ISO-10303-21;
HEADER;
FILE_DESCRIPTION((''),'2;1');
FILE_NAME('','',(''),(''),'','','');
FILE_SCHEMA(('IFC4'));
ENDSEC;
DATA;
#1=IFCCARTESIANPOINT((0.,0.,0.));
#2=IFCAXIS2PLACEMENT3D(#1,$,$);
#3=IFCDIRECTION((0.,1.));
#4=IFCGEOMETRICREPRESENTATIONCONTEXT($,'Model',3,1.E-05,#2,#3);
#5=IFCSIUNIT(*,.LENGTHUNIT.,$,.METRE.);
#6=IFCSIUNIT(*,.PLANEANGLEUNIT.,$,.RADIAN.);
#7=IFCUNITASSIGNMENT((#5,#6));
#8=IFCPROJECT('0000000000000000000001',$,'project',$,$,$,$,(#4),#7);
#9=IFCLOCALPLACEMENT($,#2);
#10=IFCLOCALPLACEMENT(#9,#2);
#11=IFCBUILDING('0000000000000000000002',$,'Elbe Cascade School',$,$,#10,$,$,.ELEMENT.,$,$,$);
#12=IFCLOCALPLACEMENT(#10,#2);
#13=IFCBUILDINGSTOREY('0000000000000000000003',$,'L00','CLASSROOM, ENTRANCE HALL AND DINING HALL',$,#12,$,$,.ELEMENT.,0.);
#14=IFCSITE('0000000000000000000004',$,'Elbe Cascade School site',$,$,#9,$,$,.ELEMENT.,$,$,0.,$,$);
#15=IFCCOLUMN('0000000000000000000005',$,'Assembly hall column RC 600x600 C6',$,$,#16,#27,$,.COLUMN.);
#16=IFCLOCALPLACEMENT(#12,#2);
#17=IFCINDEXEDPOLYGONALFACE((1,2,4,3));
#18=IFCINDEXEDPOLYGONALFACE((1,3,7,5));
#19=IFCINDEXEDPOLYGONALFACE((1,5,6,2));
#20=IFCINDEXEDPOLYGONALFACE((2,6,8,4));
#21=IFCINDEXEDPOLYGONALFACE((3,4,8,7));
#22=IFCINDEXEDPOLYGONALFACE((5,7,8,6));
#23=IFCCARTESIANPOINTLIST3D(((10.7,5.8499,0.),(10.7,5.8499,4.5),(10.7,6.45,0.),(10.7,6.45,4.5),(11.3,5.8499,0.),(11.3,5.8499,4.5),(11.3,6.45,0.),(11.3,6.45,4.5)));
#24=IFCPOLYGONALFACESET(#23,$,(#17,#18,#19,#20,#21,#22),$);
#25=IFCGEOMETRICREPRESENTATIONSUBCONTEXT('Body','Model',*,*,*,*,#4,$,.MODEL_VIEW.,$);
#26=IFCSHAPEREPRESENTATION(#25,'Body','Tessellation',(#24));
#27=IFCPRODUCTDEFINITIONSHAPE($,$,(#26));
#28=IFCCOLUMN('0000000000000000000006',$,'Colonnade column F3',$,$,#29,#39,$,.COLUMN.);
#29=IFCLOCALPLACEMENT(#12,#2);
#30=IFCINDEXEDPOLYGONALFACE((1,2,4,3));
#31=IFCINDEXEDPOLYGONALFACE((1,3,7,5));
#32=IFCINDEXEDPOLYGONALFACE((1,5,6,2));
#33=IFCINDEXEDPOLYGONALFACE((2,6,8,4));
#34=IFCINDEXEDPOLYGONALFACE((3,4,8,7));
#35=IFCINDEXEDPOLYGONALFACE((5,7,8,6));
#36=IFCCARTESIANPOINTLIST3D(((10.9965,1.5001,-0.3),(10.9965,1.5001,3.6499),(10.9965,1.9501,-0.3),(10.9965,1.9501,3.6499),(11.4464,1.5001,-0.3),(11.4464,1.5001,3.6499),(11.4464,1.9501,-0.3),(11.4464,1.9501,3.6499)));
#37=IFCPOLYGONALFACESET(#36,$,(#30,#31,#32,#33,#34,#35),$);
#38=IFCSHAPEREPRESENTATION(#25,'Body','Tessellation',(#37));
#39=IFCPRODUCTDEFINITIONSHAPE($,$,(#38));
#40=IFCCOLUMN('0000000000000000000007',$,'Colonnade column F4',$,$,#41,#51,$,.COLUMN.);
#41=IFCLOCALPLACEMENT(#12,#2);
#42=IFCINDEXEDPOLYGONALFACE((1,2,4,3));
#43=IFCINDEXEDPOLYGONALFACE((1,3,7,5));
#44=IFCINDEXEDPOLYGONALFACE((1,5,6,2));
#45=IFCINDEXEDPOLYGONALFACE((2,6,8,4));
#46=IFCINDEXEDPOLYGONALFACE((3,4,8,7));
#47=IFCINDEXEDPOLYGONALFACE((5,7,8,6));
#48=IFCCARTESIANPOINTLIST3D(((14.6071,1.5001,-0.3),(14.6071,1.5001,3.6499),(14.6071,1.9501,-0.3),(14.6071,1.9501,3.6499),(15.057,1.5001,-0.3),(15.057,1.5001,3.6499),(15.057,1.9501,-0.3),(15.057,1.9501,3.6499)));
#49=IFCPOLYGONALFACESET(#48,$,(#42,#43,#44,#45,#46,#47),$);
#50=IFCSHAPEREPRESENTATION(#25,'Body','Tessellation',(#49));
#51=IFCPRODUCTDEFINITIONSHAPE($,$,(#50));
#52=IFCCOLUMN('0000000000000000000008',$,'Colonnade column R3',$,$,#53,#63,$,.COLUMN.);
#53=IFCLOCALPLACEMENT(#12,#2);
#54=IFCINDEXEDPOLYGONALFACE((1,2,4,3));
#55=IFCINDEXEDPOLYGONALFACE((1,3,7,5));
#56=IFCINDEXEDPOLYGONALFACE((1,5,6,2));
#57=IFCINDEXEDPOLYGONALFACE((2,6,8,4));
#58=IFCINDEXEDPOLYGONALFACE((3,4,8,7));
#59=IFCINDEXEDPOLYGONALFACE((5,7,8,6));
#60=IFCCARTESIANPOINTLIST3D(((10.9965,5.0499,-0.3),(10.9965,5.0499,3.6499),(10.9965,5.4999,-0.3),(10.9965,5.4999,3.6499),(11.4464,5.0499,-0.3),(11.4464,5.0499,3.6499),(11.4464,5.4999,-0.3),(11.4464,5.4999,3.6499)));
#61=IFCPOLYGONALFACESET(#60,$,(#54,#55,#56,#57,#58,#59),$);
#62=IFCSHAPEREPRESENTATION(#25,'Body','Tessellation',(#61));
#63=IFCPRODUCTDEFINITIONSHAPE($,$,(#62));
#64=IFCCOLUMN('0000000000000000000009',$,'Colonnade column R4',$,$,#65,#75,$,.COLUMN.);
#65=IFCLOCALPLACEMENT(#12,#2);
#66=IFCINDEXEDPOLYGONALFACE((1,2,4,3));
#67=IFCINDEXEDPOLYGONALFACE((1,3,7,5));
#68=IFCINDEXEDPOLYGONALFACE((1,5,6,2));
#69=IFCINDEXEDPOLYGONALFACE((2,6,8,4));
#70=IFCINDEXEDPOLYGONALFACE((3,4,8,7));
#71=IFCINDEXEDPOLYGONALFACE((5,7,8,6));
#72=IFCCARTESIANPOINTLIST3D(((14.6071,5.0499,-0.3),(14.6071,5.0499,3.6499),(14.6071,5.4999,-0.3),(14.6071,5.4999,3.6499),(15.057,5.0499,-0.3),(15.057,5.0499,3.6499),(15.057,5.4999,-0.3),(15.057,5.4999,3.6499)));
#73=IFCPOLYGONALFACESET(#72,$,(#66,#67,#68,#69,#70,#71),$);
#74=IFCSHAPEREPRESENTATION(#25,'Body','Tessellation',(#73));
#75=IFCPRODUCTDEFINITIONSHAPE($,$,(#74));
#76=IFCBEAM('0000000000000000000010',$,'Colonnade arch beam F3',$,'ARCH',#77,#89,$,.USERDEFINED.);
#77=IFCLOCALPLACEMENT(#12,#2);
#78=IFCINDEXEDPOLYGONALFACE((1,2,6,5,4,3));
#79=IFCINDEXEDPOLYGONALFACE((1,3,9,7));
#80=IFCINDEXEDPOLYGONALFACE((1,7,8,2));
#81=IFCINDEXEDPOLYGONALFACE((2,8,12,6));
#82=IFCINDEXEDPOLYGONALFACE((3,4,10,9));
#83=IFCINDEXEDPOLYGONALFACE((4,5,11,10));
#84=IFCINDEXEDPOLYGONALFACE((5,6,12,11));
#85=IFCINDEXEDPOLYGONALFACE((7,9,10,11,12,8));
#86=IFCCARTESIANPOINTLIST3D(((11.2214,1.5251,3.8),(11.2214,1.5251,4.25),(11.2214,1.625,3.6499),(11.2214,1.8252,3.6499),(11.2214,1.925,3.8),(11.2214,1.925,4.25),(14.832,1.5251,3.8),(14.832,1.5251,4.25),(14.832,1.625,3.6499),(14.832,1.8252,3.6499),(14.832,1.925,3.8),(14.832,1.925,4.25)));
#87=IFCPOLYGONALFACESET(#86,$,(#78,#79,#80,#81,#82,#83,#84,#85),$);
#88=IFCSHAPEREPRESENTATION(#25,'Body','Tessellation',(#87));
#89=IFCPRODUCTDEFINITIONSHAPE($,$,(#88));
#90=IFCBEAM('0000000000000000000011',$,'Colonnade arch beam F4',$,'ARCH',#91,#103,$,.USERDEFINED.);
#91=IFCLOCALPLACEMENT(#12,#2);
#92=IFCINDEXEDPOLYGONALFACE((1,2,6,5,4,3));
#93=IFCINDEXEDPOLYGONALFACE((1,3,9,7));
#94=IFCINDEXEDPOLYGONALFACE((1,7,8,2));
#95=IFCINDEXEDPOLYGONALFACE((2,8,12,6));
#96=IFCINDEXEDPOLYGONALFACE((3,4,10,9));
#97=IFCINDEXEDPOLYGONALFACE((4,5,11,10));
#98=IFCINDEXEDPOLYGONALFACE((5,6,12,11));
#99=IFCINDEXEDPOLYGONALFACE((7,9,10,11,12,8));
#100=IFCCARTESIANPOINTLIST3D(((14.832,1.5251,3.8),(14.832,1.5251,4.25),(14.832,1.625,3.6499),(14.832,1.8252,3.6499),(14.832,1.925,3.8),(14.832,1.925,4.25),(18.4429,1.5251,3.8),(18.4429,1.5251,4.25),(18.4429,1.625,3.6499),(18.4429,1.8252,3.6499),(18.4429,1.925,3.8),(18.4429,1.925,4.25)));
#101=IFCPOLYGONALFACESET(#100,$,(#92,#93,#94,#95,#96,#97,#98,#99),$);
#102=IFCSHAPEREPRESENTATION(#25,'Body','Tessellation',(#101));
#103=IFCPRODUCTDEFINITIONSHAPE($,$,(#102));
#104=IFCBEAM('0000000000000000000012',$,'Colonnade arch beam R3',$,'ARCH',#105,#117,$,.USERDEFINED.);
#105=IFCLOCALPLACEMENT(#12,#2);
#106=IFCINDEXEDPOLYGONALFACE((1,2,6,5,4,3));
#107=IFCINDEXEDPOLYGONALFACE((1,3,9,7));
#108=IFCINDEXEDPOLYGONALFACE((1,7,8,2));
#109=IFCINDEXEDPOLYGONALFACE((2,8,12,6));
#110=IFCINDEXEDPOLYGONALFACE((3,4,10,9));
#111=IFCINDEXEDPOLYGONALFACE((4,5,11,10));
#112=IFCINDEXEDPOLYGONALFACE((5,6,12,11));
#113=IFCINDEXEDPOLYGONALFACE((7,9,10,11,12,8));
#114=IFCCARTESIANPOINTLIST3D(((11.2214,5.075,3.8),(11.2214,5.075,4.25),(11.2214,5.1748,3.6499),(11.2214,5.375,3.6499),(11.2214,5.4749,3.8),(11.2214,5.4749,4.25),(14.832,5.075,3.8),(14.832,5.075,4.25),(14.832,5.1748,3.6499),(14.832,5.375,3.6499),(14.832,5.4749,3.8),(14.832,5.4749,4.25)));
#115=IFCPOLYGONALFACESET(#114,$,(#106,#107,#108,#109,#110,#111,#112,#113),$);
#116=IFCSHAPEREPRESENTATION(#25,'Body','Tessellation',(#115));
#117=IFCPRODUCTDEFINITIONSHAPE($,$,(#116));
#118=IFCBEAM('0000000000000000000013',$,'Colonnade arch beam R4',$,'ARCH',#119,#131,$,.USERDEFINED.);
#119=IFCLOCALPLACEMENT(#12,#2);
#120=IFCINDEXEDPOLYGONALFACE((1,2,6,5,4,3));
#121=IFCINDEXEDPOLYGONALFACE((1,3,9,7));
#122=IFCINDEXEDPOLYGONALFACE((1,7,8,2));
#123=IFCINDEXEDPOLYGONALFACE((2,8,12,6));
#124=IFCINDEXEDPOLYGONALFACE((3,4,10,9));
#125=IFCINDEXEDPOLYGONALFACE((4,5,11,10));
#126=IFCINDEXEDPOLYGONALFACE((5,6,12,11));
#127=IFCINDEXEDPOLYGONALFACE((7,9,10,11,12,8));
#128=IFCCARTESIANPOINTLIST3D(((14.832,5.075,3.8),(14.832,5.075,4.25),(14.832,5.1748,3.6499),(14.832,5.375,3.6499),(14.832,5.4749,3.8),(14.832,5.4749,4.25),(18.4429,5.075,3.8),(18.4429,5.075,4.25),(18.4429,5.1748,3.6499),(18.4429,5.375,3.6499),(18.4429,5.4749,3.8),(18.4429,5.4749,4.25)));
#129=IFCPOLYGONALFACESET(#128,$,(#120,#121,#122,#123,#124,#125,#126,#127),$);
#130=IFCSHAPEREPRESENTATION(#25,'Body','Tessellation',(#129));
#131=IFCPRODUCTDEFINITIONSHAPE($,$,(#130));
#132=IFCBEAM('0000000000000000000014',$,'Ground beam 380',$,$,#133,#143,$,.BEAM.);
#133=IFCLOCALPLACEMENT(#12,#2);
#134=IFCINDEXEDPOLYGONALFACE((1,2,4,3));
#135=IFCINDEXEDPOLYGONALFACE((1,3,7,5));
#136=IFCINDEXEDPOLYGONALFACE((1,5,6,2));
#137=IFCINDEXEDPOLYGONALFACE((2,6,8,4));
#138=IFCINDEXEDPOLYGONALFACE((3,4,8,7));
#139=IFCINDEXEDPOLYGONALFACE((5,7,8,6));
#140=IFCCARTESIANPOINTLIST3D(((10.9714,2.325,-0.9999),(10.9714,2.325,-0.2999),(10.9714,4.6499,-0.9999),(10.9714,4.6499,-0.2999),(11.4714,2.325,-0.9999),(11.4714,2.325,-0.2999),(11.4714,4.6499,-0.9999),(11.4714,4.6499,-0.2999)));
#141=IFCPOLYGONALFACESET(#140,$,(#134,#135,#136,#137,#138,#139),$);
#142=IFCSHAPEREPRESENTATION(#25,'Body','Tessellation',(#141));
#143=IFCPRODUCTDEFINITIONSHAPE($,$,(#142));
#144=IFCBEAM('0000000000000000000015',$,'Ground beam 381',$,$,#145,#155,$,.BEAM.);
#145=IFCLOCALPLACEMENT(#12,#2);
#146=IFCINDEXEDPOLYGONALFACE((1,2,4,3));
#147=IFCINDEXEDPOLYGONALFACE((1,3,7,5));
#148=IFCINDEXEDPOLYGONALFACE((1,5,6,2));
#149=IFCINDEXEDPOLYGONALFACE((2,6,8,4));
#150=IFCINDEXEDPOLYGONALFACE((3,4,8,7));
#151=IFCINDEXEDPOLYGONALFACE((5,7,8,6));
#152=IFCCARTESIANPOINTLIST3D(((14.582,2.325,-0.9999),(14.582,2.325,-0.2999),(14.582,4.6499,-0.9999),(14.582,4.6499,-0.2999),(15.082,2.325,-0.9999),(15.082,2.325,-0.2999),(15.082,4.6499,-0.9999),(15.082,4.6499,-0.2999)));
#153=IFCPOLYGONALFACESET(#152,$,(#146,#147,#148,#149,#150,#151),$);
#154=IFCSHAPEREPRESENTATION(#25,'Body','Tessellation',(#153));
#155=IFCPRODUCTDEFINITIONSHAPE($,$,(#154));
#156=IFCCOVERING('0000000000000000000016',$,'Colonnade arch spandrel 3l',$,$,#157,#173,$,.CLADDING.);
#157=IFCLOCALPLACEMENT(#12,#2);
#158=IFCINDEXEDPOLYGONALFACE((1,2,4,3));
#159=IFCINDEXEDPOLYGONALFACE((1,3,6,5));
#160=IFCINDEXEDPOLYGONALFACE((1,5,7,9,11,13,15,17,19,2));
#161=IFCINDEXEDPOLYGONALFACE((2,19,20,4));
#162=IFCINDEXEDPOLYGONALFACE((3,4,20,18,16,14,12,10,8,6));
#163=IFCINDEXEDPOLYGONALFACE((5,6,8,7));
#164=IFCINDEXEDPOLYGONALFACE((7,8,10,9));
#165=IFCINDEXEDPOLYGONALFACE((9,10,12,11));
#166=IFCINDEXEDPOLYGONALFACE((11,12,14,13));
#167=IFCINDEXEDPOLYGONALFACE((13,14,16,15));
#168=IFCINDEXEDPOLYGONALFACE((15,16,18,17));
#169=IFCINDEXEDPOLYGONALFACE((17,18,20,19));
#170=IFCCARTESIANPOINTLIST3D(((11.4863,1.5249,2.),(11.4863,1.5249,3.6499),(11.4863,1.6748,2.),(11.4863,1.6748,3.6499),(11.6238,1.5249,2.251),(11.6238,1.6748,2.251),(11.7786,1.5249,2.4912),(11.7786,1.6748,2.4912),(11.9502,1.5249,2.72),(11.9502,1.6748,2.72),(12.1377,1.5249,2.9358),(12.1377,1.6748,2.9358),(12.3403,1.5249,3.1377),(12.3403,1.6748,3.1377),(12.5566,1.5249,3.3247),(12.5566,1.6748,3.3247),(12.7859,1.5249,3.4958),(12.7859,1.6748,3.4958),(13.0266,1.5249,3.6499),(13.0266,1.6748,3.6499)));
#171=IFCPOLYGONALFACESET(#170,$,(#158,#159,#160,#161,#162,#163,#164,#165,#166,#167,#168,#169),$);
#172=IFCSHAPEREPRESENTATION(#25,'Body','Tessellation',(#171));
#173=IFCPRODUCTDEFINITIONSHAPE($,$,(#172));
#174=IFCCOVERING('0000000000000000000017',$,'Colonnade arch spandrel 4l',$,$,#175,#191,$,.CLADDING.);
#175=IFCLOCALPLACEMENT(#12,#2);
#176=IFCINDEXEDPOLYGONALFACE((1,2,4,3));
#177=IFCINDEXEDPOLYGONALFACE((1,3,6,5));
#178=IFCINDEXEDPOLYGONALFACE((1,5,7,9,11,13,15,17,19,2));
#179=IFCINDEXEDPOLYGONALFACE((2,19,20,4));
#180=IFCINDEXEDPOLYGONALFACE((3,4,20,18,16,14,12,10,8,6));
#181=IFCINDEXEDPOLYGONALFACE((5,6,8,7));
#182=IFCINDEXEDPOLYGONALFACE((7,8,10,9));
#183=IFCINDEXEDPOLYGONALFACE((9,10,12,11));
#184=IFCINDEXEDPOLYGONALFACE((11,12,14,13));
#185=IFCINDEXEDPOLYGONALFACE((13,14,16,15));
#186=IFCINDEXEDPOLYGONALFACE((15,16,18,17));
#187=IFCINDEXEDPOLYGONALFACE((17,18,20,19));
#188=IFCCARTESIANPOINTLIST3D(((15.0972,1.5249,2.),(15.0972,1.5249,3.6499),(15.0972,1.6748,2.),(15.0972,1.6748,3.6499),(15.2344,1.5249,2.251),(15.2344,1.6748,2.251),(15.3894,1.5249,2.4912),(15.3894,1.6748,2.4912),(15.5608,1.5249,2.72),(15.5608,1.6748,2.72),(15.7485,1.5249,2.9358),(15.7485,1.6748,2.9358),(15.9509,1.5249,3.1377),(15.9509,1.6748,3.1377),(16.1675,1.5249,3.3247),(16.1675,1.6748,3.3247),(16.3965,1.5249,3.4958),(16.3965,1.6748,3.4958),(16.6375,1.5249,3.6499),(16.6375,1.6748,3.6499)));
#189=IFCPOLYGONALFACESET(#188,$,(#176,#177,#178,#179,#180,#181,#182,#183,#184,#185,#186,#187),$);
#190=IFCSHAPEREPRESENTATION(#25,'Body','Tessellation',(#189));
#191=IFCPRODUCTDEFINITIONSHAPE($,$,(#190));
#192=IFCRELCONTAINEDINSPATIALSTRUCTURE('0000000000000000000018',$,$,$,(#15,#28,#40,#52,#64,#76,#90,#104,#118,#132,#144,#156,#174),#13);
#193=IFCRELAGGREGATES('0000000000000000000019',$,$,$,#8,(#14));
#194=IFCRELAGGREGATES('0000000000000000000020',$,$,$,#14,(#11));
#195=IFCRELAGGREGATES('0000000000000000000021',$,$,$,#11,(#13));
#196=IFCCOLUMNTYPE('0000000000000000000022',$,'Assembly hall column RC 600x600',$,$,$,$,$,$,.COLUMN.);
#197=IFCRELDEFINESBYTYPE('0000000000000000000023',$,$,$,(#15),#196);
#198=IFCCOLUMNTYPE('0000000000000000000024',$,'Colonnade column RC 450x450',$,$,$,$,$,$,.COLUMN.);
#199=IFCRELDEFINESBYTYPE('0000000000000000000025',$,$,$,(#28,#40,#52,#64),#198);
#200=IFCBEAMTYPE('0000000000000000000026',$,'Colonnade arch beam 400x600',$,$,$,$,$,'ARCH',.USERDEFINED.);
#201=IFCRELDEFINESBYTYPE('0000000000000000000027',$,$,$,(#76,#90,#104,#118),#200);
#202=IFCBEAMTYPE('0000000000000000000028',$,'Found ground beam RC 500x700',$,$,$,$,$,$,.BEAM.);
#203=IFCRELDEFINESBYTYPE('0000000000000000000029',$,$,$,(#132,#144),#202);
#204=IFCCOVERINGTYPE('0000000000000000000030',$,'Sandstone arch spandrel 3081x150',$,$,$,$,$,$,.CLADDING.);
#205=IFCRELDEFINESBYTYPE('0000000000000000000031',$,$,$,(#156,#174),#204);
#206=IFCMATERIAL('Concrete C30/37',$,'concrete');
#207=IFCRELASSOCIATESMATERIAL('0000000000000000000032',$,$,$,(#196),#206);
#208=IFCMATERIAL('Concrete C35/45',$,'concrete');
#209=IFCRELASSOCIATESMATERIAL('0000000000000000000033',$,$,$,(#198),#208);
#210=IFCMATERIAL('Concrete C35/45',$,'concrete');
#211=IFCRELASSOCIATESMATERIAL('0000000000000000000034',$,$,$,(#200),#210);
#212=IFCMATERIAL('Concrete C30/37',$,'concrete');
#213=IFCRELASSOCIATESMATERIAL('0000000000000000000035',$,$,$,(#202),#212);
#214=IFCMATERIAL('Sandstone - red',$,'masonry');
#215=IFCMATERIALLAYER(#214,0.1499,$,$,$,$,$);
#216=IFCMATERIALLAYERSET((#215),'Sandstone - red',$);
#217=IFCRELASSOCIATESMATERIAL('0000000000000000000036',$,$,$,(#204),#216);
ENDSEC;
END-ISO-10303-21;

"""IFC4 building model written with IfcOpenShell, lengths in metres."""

from ifc_helpers import new_model, si_unit, direction, frame, origin, origin_2d, place, context, subcontext, project, spatial, polyline, rectangle, outline, extrude, material, layer, layer_set, material_profile, profile_set, type_object, element, save


model = new_model("IFC4")

# Units and contexts
model_context = context("Model", 3, precision=1e-05, world=origin(), true_north=direction((0.0, 1.0)))
body_context = subcontext(model_context, "Body", "Model", "MODEL_VIEW")
ifc_project = project(units=[si_unit("LENGTHUNIT", "METRE"), si_unit("PLANEANGLEUNIT", "RADIAN")], contexts=[model_context])

# Site, building, storey
site_placement = place(None, origin())
site = spatial("IfcSite", under=ifc_project, at=site_placement, Name="Elbe Cascade School site", CompositionType="ELEMENT", RefElevation=0.0)
building_placement = place(site_placement, origin())
building = spatial("IfcBuilding", under=site, at=building_placement, Name="Elbe Cascade School", CompositionType="ELEMENT")
storey_placement = place(building_placement, origin())
storey = spatial("IfcBuildingStorey", under=building, at=storey_placement, Name="L00", Description="CLASSROOM, ENTRANCE HALL AND DINING HALL", CompositionType="ELEMENT", Elevation=0.0)

# Columns
ifc_material_1 = material(Name="Concrete C30/37", Category="concrete")
ifc_material_profile_1 = material_profile(ifc_material_1, rectangle(XDim=0.6001, YDim=0.6001, at=origin_2d()), Name="RC 600x600")
ifc_profile_set_1 = profile_set([ifc_material_profile_1], Name="Concrete C30/37")
column_type_1 = type_object("IfcColumnType", Name="Assembly hall column RC 600x600", PredefinedType="COLUMN", material=ifc_profile_set_1)
column_placement = place(storey_placement, frame((11.0, 6.1499, 0.0), z_axis=(0.0, 0.0, 1.0), x_axis=(1.0, 0.0, 0.0)))
element("IfcColumn", 1, at=column_placement, inside=storey, type_object=column_type_1, Name="Assembly hall column RC 600x600 C6", PredefinedType="COLUMN", context=body_context, shape_type="SweptSolid", body=[
    extrude(rectangle(XDim=0.6001, YDim=0.6001, at=origin_2d()), origin(), (0.0, 0.0, 1.0), 4.5),
])
ifc_material_2 = material(Name="Concrete C35/45", Category="concrete")
ifc_material_profile_2 = material_profile(ifc_material_2, rectangle(XDim=0.45, YDim=0.45, at=origin_2d()), Name="RC 450x450")
ifc_profile_set_2 = profile_set([ifc_material_profile_2], Name="Concrete C35/45")
column_type_2 = type_object("IfcColumnType", Name="Colonnade column RC 450x450", PredefinedType="COLUMN", material=ifc_profile_set_2)
for number, where, z_axis, x_axis, name in (
    (2, (11.2214, 1.7251, -0.3), (0.0, 0.0, 1.0), (1.0, 0.0, 0.0), "Colonnade column F3"),
    (3, (14.832, 1.7251, -0.3), (0.0, 0.0, 1.0), (1.0, 0.0, 0.0), "Colonnade column F4"),
    (4, (11.2214, 5.2749, -0.3), (0.0, 0.0, 1.0), (1.0, 0.0, 0.0), "Colonnade column R3"),
    (5, (14.832, 5.2749, -0.3), (0.0, 0.0, 1.0), (1.0, 0.0, 0.0), "Colonnade column R4"),
):
    element("IfcColumn", number, at=place(storey_placement, frame(where, z_axis=z_axis, x_axis=x_axis)), inside=storey, type_object=column_type_2, Name=name, PredefinedType="COLUMN", context=body_context, shape_type="SweptSolid", body=[
        extrude(rectangle(XDim=0.45, YDim=0.45, at=origin_2d()), origin(), (0.0, 0.0, 1.0), 3.95),
    ])

# Beams
ifc_material_3 = material(Name="Concrete C35/45", Category="concrete")
ifc_material_profile_3 = material_profile(ifc_material_3, outline(polyline([(-0.2, 0.3), (0.2, 0.3), (0.2, -0.1499), (0.1001, -0.3), (-0.1001, -0.3), (-0.2, -0.1499), (-0.2, 0.3)])), Name="RC arch 400x600")
ifc_profile_set_3 = profile_set([ifc_material_profile_3], Name="Concrete C35/45")
beam_type_1 = type_object("IfcBeamType", Name="Colonnade arch beam 400x600", ElementType="ARCH", PredefinedType="USERDEFINED", material=ifc_profile_set_3)
beam_1_placement = place(storey_placement, frame((11.2214, 1.7251, 3.95), z_axis=(1.0, 0.0, 0.0), x_axis=(0.0, 1.0, 0.0)))
element("IfcBeam", 6, at=beam_1_placement, inside=storey, type_object=beam_type_1, Name="Colonnade arch beam F3", ObjectType="ARCH", PredefinedType="USERDEFINED", context=body_context, shape_type="SweptSolid", body=[
    extrude(outline(polyline([(-0.2, 0.3), (0.2, 0.3), (0.2, -0.1499), (0.1001, -0.3), (-0.1001, -0.3), (-0.2, -0.1499), (-0.2, 0.3)])), origin(), (0.0, 0.0, 1.0), 3.6106),
])
beam_2_placement = place(storey_placement, frame((14.832, 1.7251, 3.95), z_axis=(1.0, 0.0, 0.0), x_axis=(0.0, 1.0, 0.0)))
element("IfcBeam", 7, at=beam_2_placement, inside=storey, type_object=beam_type_1, Name="Colonnade arch beam F4", ObjectType="ARCH", PredefinedType="USERDEFINED", context=body_context, shape_type="SweptSolid", body=[
    extrude(outline(polyline([(-0.2, 0.3), (0.2, 0.3), (0.2, -0.1499), (0.1001, -0.3), (-0.1001, -0.3), (-0.2, -0.1499), (-0.2, 0.3)])), origin(), (0.0, 0.0, 1.0), 3.6108),
])
beam_3_placement = place(storey_placement, frame((11.2214, 5.2749, 3.95), z_axis=(1.0, 0.0, 0.0), x_axis=(0.0, 1.0, 0.0)))
element("IfcBeam", 8, at=beam_3_placement, inside=storey, type_object=beam_type_1, Name="Colonnade arch beam R3", ObjectType="ARCH", PredefinedType="USERDEFINED", context=body_context, shape_type="SweptSolid", body=[
    extrude(outline(polyline([(-0.2, 0.3), (0.2, 0.3), (0.2, -0.1499), (0.1001, -0.3), (-0.1001, -0.3), (-0.2, -0.1499), (-0.2, 0.3)])), origin(), (0.0, 0.0, 1.0), 3.6106),
])
beam_4_placement = place(storey_placement, frame((14.832, 5.2749, 3.95), z_axis=(1.0, 0.0, 0.0), x_axis=(0.0, 1.0, 0.0)))
element("IfcBeam", 9, at=beam_4_placement, inside=storey, type_object=beam_type_1, Name="Colonnade arch beam R4", ObjectType="ARCH", PredefinedType="USERDEFINED", context=body_context, shape_type="SweptSolid", body=[
    extrude(outline(polyline([(-0.2, 0.3), (0.2, 0.3), (0.2, -0.1499), (0.1001, -0.3), (-0.1001, -0.3), (-0.2, -0.1499), (-0.2, 0.3)])), origin(), (0.0, 0.0, 1.0), 3.6108),
])
ifc_material_4 = material(Name="Concrete C30/37", Category="concrete")
ifc_material_profile_4 = material_profile(ifc_material_4, rectangle(XDim=0.5, YDim=0.7, at=origin_2d()), Name="RC 500x700")
ifc_profile_set_4 = profile_set([ifc_material_profile_4], Name="Concrete C30/37")
beam_type_2 = type_object("IfcBeamType", Name="Found ground beam RC 500x700", PredefinedType="BEAM", material=ifc_profile_set_4)
for number, where, z_axis, x_axis, name in (
    (10, (11.2214, 2.325, -0.6499), (0.0, 1.0, 0.0), (-1.0, 0.0, 0.0), "Ground beam 380"),
    (11, (14.832, 2.325, -0.6499), (0.0, 1.0, 0.0), (-1.0, 0.0, 0.0), "Ground beam 381"),
):
    element("IfcBeam", number, at=place(storey_placement, frame(where, z_axis=z_axis, x_axis=x_axis)), inside=storey, type_object=beam_type_2, Name=name, PredefinedType="BEAM", context=body_context, shape_type="SweptSolid", body=[
        extrude(rectangle(XDim=0.5, YDim=0.7, at=origin_2d()), origin(), (0.0, 0.0, 1.0), 2.325),
    ])

# Coverings
ifc_material_5 = material(Name="Sandstone - red", Category="masonry")
ifc_layer_1 = layer(ifc_material_5, 0.1499)
ifc_layer_set_1 = layer_set([ifc_layer_1], Name="Sandstone - red")
covering_type = type_object("IfcCoveringType", Name="Sandstone arch spandrel 3081x150", PredefinedType="CLADDING", material=ifc_layer_set_1)
covering_1_placement = place(storey_placement, frame((11.4863, 1.5249, 3.6499), z_axis=(0.0, -1.0, 0.0), x_axis=(0.0, 0.0, -1.0)))
element("IfcCovering", 12, at=covering_1_placement, inside=storey, type_object=covering_type, Name="Colonnade arch spandrel 3l", PredefinedType="CLADDING", context=body_context, shape_type="SweptSolid", body=[
    extrude(outline(polyline([(0.0, 0.0), (1.6499, 0.0), (1.3989, 0.1375), (1.1587, 0.2922), (0.9299, 0.4639), (0.7141, 0.6514), (0.5122, 0.854), (0.3252, 1.0703), (0.1541, 1.2996), (0.0, 1.5403), (0.0, 0.0)])), origin(), (0.0, 0.0, -1.0), 0.1499),
])
covering_2_placement = place(storey_placement, frame((15.0972, 1.5249, 3.6499), z_axis=(0.0, -1.0, 0.0), x_axis=(0.0, 0.0, -1.0)))
element("IfcCovering", 13, at=covering_2_placement, inside=storey, type_object=covering_type, Name="Colonnade arch spandrel 4l", PredefinedType="CLADDING", context=body_context, shape_type="SweptSolid", body=[
    extrude(outline(polyline([(0.0, 0.0), (1.6499, 0.0), (1.3989, 0.1372), (1.1587, 0.2922), (0.9299, 0.4636), (0.7141, 0.6514), (0.5122, 0.8538), (0.3252, 1.0703), (0.1541, 1.2993), (0.0, 1.5403), (0.0, 0.0)])), origin(), (0.0, 0.0, -1.0), 0.1499),
])

save(model, "model.ifc")
